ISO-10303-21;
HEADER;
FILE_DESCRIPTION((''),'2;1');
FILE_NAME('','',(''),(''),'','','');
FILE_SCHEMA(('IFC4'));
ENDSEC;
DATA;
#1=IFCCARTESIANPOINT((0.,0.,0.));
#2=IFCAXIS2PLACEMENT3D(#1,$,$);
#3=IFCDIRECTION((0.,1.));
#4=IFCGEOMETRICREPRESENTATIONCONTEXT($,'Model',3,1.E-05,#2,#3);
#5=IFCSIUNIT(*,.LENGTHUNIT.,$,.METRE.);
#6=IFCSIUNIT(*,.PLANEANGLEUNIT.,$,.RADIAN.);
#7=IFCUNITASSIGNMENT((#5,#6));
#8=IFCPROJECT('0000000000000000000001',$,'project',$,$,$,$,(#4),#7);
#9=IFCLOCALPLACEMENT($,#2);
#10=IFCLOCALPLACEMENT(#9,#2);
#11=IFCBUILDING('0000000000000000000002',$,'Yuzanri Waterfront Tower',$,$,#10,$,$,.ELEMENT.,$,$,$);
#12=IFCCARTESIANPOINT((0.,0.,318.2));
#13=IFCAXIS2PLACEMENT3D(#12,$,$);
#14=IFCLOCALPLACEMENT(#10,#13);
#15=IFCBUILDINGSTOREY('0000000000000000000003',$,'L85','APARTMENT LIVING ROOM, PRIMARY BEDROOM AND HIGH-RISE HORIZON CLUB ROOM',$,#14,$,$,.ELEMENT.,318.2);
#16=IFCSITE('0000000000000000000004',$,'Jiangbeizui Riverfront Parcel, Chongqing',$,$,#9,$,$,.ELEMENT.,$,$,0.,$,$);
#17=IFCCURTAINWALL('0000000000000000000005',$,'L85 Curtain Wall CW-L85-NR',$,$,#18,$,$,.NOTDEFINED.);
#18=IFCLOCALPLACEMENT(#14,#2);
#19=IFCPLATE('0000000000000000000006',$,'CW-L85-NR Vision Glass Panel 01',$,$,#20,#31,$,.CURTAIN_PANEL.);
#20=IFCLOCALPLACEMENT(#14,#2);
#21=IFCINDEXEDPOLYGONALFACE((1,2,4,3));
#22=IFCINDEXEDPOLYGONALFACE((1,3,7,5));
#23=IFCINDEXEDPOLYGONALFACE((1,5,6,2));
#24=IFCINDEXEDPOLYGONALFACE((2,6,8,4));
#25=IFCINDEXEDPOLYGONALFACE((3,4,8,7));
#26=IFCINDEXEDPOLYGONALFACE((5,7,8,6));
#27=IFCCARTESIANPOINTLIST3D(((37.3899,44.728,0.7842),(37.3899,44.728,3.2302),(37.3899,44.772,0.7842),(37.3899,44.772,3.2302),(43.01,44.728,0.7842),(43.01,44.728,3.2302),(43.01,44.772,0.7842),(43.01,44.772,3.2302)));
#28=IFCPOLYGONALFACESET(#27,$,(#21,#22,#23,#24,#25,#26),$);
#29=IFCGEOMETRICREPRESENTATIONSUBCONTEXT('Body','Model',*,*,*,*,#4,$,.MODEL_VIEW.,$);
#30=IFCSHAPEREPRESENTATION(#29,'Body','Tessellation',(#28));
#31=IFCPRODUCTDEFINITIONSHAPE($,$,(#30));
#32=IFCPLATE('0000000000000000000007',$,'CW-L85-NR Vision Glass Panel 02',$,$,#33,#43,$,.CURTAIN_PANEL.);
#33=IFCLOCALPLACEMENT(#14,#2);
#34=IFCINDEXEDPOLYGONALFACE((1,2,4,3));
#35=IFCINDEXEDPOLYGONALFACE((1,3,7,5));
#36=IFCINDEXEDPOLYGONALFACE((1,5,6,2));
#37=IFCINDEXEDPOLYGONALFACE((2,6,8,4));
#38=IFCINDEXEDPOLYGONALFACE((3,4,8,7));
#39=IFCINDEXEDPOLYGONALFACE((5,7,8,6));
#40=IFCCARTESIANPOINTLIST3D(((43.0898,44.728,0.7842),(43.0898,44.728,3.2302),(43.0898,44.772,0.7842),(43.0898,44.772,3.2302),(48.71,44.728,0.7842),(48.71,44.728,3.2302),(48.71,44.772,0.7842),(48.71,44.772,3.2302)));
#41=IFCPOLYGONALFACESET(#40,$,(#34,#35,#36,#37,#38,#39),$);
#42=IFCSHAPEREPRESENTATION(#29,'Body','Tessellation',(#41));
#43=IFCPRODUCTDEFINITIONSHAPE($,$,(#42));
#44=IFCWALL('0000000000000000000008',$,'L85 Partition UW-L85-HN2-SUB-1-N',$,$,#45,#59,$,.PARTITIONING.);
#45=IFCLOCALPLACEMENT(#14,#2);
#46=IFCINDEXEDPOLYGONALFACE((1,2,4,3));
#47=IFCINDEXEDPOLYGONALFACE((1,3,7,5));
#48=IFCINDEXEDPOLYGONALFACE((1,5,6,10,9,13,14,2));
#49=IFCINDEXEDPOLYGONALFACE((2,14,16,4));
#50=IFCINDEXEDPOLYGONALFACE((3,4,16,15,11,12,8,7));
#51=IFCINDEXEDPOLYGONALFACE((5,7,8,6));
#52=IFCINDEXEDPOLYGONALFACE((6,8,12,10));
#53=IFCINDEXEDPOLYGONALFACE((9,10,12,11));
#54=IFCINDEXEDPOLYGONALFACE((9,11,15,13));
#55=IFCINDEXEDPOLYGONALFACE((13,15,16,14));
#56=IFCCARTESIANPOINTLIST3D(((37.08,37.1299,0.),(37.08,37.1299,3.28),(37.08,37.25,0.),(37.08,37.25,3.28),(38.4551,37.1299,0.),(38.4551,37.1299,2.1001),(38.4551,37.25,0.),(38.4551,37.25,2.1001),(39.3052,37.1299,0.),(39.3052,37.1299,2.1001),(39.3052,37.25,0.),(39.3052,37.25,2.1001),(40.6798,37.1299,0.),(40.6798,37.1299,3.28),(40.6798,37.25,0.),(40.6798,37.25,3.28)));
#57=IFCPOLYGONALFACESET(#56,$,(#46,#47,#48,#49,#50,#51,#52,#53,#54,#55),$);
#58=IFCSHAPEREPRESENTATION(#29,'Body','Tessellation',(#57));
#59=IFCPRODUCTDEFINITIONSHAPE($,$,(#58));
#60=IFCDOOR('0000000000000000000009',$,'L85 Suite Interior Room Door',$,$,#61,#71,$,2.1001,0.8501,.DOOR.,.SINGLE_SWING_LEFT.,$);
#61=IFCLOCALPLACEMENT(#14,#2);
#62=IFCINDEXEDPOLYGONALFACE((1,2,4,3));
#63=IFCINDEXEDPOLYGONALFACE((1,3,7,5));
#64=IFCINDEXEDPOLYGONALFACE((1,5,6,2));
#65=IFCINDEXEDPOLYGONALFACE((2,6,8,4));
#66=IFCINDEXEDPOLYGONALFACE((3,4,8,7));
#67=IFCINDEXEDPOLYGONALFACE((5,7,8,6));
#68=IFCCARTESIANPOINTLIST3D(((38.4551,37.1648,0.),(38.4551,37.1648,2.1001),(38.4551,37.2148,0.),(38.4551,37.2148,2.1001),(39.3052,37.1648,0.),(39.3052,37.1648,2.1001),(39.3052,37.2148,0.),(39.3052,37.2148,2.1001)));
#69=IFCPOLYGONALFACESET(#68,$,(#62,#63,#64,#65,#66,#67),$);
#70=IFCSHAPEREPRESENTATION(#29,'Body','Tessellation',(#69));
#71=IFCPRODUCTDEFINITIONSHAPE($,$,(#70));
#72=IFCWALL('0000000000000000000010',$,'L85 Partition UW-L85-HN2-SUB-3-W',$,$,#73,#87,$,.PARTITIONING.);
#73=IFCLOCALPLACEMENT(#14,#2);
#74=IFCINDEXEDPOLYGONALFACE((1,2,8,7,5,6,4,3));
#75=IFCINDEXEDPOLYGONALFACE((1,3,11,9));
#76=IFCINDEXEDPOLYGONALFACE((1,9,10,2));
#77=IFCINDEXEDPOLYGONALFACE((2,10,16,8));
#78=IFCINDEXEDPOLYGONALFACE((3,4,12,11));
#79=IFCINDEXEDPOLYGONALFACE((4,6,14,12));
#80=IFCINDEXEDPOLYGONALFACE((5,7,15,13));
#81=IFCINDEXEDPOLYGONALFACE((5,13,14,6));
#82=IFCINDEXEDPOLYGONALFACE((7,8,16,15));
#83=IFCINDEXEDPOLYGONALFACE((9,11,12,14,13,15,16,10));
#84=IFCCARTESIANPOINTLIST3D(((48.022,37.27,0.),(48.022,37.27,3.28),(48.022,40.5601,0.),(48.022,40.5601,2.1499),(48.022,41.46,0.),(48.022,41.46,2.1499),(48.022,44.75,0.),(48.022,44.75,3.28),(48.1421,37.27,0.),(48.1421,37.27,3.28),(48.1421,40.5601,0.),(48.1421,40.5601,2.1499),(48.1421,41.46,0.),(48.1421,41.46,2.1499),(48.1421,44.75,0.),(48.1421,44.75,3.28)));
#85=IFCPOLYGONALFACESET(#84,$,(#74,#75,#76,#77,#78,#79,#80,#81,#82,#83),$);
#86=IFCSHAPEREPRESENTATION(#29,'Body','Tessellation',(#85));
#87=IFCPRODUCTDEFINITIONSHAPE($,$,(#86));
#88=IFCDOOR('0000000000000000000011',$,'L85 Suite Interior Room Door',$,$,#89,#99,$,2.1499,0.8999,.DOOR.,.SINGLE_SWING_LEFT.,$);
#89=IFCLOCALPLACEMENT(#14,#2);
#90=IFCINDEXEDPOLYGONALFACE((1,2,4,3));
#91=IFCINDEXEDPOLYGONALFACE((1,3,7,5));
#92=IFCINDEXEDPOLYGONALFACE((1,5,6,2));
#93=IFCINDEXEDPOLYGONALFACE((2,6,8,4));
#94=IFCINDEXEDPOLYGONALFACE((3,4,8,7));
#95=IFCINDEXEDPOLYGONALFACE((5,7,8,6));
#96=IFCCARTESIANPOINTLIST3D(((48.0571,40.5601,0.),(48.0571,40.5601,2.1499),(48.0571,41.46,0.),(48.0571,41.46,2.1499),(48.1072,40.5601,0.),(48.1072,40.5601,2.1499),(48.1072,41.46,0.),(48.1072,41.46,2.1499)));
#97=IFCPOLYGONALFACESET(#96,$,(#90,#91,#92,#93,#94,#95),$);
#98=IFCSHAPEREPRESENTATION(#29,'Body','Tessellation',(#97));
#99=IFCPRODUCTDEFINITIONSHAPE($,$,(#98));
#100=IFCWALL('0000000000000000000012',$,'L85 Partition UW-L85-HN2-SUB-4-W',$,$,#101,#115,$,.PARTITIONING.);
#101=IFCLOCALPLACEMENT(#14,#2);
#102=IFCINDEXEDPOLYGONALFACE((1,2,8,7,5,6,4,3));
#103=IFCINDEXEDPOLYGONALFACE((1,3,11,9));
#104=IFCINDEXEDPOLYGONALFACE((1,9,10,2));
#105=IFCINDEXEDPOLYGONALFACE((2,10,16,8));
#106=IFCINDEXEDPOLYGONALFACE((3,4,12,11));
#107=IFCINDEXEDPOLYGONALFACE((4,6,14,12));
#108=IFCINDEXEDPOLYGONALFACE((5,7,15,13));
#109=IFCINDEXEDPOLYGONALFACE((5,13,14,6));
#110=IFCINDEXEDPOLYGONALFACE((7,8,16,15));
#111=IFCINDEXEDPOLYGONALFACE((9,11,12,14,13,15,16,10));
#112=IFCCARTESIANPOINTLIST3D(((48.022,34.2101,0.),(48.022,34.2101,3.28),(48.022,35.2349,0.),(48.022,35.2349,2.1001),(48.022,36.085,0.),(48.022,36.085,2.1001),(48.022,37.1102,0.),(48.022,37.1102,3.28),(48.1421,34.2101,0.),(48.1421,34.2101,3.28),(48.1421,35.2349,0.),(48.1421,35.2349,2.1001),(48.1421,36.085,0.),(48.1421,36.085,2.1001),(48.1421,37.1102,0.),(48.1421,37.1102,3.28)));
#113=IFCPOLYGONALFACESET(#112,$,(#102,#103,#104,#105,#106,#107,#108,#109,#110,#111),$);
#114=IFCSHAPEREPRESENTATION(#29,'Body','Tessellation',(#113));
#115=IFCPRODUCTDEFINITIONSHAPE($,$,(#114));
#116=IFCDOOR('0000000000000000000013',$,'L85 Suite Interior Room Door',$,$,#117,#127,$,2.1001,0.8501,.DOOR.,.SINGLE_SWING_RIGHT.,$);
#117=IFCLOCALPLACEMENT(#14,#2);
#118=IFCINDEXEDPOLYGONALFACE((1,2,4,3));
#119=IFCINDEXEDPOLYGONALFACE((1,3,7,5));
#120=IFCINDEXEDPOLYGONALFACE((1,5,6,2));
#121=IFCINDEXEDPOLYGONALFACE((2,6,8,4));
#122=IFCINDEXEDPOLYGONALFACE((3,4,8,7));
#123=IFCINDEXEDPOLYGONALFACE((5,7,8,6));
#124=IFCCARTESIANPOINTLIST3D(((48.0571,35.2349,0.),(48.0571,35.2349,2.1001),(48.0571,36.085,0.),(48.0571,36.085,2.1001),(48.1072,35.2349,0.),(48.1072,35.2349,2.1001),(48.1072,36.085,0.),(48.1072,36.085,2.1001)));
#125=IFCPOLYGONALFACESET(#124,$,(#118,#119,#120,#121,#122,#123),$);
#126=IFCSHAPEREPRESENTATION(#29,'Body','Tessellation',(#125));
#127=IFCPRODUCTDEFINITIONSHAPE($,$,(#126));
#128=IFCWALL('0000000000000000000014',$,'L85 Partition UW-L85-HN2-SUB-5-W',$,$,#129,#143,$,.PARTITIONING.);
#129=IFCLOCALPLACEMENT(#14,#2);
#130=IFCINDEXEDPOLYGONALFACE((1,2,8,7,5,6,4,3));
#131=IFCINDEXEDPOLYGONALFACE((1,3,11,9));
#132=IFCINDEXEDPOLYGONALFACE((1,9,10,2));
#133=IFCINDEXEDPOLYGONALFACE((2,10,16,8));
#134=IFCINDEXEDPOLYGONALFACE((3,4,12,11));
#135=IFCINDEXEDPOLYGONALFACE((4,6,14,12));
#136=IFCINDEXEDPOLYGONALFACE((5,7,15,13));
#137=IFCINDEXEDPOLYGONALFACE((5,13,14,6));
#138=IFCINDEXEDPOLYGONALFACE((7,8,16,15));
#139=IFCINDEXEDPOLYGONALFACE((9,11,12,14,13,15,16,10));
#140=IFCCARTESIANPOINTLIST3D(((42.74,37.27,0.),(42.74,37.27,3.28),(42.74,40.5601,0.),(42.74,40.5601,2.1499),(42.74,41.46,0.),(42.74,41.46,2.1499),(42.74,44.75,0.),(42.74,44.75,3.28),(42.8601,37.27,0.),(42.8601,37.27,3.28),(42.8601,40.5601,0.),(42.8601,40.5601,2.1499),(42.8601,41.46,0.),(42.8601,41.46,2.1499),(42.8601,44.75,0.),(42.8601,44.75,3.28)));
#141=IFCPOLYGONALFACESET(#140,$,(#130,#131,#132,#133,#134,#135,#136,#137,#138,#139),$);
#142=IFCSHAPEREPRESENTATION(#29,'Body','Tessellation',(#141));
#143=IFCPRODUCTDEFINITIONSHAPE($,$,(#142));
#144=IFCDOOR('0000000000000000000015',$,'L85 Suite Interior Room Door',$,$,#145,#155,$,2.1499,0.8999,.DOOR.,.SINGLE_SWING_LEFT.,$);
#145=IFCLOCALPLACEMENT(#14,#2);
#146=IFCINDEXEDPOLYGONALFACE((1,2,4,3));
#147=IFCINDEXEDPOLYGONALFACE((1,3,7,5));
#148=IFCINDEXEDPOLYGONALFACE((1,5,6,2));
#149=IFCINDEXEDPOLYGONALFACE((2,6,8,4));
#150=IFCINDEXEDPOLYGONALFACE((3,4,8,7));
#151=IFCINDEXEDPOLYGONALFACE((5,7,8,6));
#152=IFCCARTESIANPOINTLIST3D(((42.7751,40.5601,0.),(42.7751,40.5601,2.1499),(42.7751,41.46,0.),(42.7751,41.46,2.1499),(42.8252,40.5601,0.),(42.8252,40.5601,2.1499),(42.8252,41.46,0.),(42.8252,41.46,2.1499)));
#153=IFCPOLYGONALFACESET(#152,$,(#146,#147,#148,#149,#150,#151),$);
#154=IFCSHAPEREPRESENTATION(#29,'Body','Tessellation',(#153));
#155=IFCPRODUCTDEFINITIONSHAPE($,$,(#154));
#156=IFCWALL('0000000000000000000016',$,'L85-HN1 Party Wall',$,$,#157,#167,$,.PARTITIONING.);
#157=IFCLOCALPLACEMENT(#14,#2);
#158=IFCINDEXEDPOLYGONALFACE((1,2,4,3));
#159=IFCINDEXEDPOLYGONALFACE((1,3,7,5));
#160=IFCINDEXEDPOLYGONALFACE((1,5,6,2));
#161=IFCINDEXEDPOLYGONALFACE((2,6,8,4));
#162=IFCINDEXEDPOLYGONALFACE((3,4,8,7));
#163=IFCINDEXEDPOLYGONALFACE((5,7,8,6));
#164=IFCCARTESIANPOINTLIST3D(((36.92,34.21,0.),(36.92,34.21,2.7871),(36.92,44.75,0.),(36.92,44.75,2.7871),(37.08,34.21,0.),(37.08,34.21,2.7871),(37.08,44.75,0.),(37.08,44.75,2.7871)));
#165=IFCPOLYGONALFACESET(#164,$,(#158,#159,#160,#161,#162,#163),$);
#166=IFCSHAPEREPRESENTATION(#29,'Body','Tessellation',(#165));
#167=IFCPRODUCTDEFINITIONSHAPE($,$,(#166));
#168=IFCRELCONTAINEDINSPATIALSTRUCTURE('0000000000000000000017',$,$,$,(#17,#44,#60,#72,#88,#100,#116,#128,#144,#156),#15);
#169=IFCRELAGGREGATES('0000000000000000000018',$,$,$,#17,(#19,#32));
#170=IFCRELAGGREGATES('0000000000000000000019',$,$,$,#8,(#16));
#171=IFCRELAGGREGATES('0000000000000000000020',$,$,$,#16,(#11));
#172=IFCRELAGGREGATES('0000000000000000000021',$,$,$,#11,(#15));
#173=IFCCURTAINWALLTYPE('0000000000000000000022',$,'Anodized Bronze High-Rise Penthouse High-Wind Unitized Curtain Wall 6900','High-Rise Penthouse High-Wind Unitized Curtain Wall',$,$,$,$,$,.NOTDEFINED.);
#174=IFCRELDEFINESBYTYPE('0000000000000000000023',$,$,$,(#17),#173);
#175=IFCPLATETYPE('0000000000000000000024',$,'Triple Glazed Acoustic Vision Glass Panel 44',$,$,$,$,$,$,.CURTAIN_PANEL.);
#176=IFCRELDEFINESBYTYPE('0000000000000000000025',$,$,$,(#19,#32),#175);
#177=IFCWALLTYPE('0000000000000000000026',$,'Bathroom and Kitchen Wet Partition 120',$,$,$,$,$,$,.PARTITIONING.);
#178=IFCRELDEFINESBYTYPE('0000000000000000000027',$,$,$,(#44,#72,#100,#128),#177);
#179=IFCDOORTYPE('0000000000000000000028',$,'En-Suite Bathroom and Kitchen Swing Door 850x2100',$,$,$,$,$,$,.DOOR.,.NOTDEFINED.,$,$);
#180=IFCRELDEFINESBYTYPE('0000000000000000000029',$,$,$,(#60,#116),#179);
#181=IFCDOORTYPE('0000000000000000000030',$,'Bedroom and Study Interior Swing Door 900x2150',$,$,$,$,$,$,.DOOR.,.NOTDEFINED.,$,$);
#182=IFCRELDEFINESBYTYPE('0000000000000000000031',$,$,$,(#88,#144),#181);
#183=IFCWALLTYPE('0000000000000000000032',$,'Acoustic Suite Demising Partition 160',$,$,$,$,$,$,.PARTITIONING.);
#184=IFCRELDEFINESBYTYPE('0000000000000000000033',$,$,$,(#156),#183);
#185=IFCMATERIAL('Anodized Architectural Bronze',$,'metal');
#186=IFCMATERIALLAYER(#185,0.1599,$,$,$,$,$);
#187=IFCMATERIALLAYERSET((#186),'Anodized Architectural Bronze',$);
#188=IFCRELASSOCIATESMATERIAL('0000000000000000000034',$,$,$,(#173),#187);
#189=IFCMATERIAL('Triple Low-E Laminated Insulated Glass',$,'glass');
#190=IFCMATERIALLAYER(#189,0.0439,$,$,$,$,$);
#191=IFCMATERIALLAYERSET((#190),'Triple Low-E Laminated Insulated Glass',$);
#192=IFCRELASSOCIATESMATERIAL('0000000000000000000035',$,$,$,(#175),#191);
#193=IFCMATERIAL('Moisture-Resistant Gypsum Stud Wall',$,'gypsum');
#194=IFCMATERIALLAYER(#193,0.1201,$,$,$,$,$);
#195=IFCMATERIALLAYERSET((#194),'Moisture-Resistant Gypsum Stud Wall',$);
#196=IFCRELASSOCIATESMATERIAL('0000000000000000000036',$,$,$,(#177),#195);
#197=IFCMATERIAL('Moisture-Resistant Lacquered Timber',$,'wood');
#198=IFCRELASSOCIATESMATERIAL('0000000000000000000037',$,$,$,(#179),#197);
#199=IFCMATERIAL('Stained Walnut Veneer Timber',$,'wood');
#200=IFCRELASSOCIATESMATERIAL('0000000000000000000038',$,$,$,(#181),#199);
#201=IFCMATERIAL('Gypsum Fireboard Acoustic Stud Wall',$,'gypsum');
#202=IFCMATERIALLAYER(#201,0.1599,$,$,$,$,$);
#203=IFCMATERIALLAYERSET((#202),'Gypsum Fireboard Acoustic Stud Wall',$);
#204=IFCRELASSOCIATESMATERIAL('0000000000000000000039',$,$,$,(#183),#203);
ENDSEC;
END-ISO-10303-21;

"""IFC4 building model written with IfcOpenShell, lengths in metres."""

from ifc_helpers import new_model, si_unit, direction, frame, frame_2d, origin, origin_2d, place, context, subcontext, project, spatial, rectangle, extrude, source, transform, mapped, material, layer, layer_set, type_object, element, fill, aggregate, save


model = new_model("IFC4")

# Units and contexts
model_context = context("Model", 3, precision=1e-05, world=origin(), true_north=direction((0.0, 1.0)))
body_context = subcontext(model_context, "Body", "Model", "MODEL_VIEW")
ifc_project = project(units=[si_unit("LENGTHUNIT", "METRE"), si_unit("PLANEANGLEUNIT", "RADIAN")], contexts=[model_context])

# Site, building, storey
site_placement = place(None, origin())
site = spatial("IfcSite", under=ifc_project, at=site_placement, Name="Jiangbeizui Riverfront Parcel, Chongqing", CompositionType="ELEMENT", RefElevation=0.0)
building_placement = place(site_placement, origin())
building = spatial("IfcBuilding", under=site, at=building_placement, Name="Yuzanri Waterfront Tower", CompositionType="ELEMENT")
storey_placement = place(building_placement, frame((0.0, 0.0, 318.2)))
storey = spatial("IfcBuildingStorey", under=building, at=storey_placement, Name="L85", Description="APARTMENT LIVING ROOM, PRIMARY BEDROOM AND HIGH-RISE HORIZON CLUB ROOM", CompositionType="ELEMENT", Elevation=318.2)

# Curtain wall, plates
ifc_material_1 = material(Name="Anodized Architectural Bronze", Category="metal")
ifc_layer_1 = layer(ifc_material_1, 0.1599)
ifc_layer_set_1 = layer_set([ifc_layer_1], Name="Anodized Architectural Bronze")
curtain_wall_type = type_object("IfcCurtainWallType", Name="Anodized Bronze High-Rise Penthouse High-Wind Unitized Curtain Wall 6900", Description="High-Rise Penthouse High-Wind Unitized Curtain Wall", PredefinedType="NOTDEFINED", material=ifc_layer_set_1)
curtain_wall_placement = place(storey_placement, origin())
curtain_wall = element("IfcCurtainWall", 1, at=curtain_wall_placement, inside=storey, type_object=curtain_wall_type, Name="L85 Curtain Wall CW-L85-NR", PredefinedType="NOTDEFINED")
ifc_material_2 = material(Name="Triple Low-E Laminated Insulated Glass", Category="glass")
ifc_layer_2 = layer(ifc_material_2, 0.0439)
ifc_layer_set_2 = layer_set([ifc_layer_2], Name="Triple Low-E Laminated Insulated Glass")
plate_type_1 = type_object("IfcPlateType", Name="Triple Glazed Acoustic Vision Glass Panel 44", PredefinedType="CURTAIN_PANEL", material=ifc_layer_set_2)
shared_shape_1 = source(origin(), body_context, "Body", "SweptSolid", [
    extrude(rectangle(XDim=5.6201, YDim=0.0439, at=origin_2d()), origin(), (0.0, 0.0, 1.0), 2.446),
])
plate_1_placement = place(storey_placement, frame((40.2, 44.75, 0.7842), z_axis=(0.0, 0.0, 1.0), x_axis=(1.0, 0.0, 0.0)))
plate_1 = element("IfcPlate", 2, at=plate_1_placement, type_object=plate_type_1, Name="CW-L85-NR Vision Glass Panel 01", PredefinedType="CURTAIN_PANEL", context=body_context, shape_type="MappedRepresentation", body=[
    mapped(shared_shape_1, transform((0.0, 0.0, 0.0), scale=1.0)),
])
plate_2_placement = place(storey_placement, frame((45.8999, 44.75, 0.7842), z_axis=(0.0, 0.0, 1.0), x_axis=(1.0, 0.0, 0.0)))
plate_2 = element("IfcPlate", 3, at=plate_2_placement, type_object=plate_type_1, Name="CW-L85-NR Vision Glass Panel 02", PredefinedType="CURTAIN_PANEL", context=body_context, shape_type="MappedRepresentation", body=[
    mapped(shared_shape_1, transform((0.0, 0.0, 0.0), scale=1.0)),
])
aggregate(curtain_wall, [plate_1, plate_2])

# Walls, openings, doors
ifc_material_3 = material(Name="Moisture-Resistant Gypsum Stud Wall", Category="gypsum")
ifc_layer_3 = layer(ifc_material_3, 0.1201)
ifc_layer_set_3 = layer_set([ifc_layer_3], Name="Moisture-Resistant Gypsum Stud Wall")
wall_type_1 = type_object("IfcWallType", Name="Bathroom and Kitchen Wet Partition 120", PredefinedType="PARTITIONING", material=ifc_layer_set_3)
wall_1_placement = place(storey_placement, frame((37.0801, 37.1899, 0.0), z_axis=(0.0, 0.0, 1.0), x_axis=(1.0, 0.0, 0.0)))
wall_1 = element("IfcWall", 4, at=wall_1_placement, inside=storey, type_object=wall_type_1, Name="L85 Partition UW-L85-HN2-SUB-1-N", PredefinedType="PARTITIONING", context=body_context, shape_type="SweptSolid", body=[
    extrude(rectangle(XDim=3.5999, YDim=0.1201, at=frame_2d((1.7998, 0.0))), origin(), (0.0, 0.0, 1.0), 3.28),
])
opening_1_placement = place(wall_1_placement, frame((1.375, 0.0, 0.0)))
opening_1 = element("IfcOpeningElement", 5, at=opening_1_placement, cuts=wall_1, PredefinedType="OPENING", context=body_context, shape_type="SweptSolid", body=[
    extrude(rectangle(XDim=0.8501, YDim=2.1001, at=frame_2d((0.425, 1.05))), frame((0.0, 0.075, 0.0), z_axis=(0.0, -1.0, 0.0), x_axis=(1.0, 0.0, 0.0)), (0.0, 0.0, 1.0), 0.1499),
])
ifc_material_4 = material(Name="Moisture-Resistant Lacquered Timber", Category="wood")
door_type_1 = type_object("IfcDoorType", Name="En-Suite Bathroom and Kitchen Swing Door 850x2100", OperationType="NOTDEFINED", PredefinedType="DOOR", material=ifc_material_4)
shared_shape_2 = source(origin(), body_context, "Body", "SweptSolid", [
    extrude(rectangle(XDim=0.8501, YDim=2.1001, at=frame_2d((0.425, 1.05))), frame((0.0, 0.0249, 0.0), z_axis=(0.0, -1.0, 0.0), x_axis=(1.0, 0.0, 0.0)), (0.0, 0.0, 1.0), 0.05),
])
door_1_placement = place(opening_1_placement, origin())
door_1 = element("IfcDoor", 6, at=door_1_placement, inside=storey, type_object=door_type_1, Name="L85 Suite Interior Room Door", OperationType="SINGLE_SWING_LEFT", OverallHeight=2.1001, OverallWidth=0.8501, PredefinedType="DOOR", context=body_context, shape_type="MappedRepresentation", body=[
    mapped(shared_shape_2, transform((0.0, 0.0, 0.0), scale=1.0)),
])
fill(opening_1, door_1)
wall_2_placement = place(storey_placement, frame((48.082, 37.27, 0.0), z_axis=(0.0, 0.0, 1.0), x_axis=(0.0, 1.0, 0.0)))
wall_2 = element("IfcWall", 7, at=wall_2_placement, inside=storey, type_object=wall_type_1, Name="L85 Partition UW-L85-HN2-SUB-3-W", PredefinedType="PARTITIONING", context=body_context, shape_type="SweptSolid", body=[
    extrude(rectangle(XDim=7.48, YDim=0.1201, at=frame_2d((3.74, 0.0))), origin(), (0.0, 0.0, 1.0), 3.28),
])
opening_2_placement = place(wall_2_placement, frame((3.29, 0.0, 0.0)))
opening_2 = element("IfcOpeningElement", 8, at=opening_2_placement, cuts=wall_2, PredefinedType="OPENING", context=body_context, shape_type="SweptSolid", body=[
    extrude(rectangle(XDim=0.8999, YDim=2.1499, at=frame_2d((0.45, 1.075))), frame((0.0, 0.075, 0.0), z_axis=(0.0, -1.0, 0.0), x_axis=(1.0, 0.0, 0.0)), (0.0, 0.0, 1.0), 0.1499),
])
ifc_material_5 = material(Name="Stained Walnut Veneer Timber", Category="wood")
door_type_2 = type_object("IfcDoorType", Name="Bedroom and Study Interior Swing Door 900x2150", OperationType="NOTDEFINED", PredefinedType="DOOR", material=ifc_material_5)
shared_shape_3 = source(origin(), body_context, "Body", "SweptSolid", [
    extrude(rectangle(XDim=0.8999, YDim=2.1499, at=frame_2d((0.45, 1.075))), frame((0.0, 0.0249, 0.0), z_axis=(0.0, -1.0, 0.0), x_axis=(1.0, 0.0, 0.0)), (0.0, 0.0, 1.0), 0.05),
])
door_2_placement = place(opening_2_placement, origin())
door_2 = element("IfcDoor", 9, at=door_2_placement, inside=storey, type_object=door_type_2, Name="L85 Suite Interior Room Door", OperationType="SINGLE_SWING_LEFT", OverallHeight=2.1499, OverallWidth=0.8999, PredefinedType="DOOR", context=body_context, shape_type="MappedRepresentation", body=[
    mapped(shared_shape_3, transform((0.0, 0.0, 0.0), scale=1.0)),
])
fill(opening_2, door_2)
wall_3_placement = place(storey_placement, frame((48.082, 34.21, 0.0), z_axis=(0.0, 0.0, 1.0), x_axis=(0.0, 1.0, 0.0)))
wall_3 = element("IfcWall", 10, at=wall_3_placement, inside=storey, type_object=wall_type_1, Name="L85 Partition UW-L85-HN2-SUB-4-W", PredefinedType="PARTITIONING", context=body_context, shape_type="SweptSolid", body=[
    extrude(rectangle(XDim=2.9001, YDim=0.1201, at=frame_2d((1.4502, 0.0))), origin(), (0.0, 0.0, 1.0), 3.28),
])
opening_3_placement = place(wall_3_placement, frame((1.0249, 0.0, 0.0)))
opening_3 = element("IfcOpeningElement", 11, at=opening_3_placement, cuts=wall_3, PredefinedType="OPENING", context=body_context, shape_type="SweptSolid", body=[
    extrude(rectangle(XDim=0.8501, YDim=2.1001, at=frame_2d((0.425, 1.05))), frame((0.0, 0.075, 0.0), z_axis=(0.0, -1.0, 0.0), x_axis=(1.0, 0.0, 0.0)), (0.0, 0.0, 1.0), 0.1499),
])
door_3_placement = place(opening_3_placement, origin())
door_3 = element("IfcDoor", 12, at=door_3_placement, inside=storey, type_object=door_type_1, Name="L85 Suite Interior Room Door", OperationType="SINGLE_SWING_RIGHT", OverallHeight=2.1001, OverallWidth=0.8501, PredefinedType="DOOR", context=body_context, shape_type="MappedRepresentation", body=[
    mapped(shared_shape_2, transform((0.0, 0.0, 0.0), scale=1.0)),
])
fill(opening_3, door_3)
wall_4_placement = place(storey_placement, frame((42.8, 37.27, 0.0), z_axis=(0.0, 0.0, 1.0), x_axis=(0.0, 1.0, 0.0)))
wall_4 = element("IfcWall", 13, at=wall_4_placement, inside=storey, type_object=wall_type_1, Name="L85 Partition UW-L85-HN2-SUB-5-W", PredefinedType="PARTITIONING", context=body_context, shape_type="SweptSolid", body=[
    extrude(rectangle(XDim=7.48, YDim=0.1201, at=frame_2d((3.74, 0.0))), origin(), (0.0, 0.0, 1.0), 3.28),
])
opening_4_placement = place(wall_4_placement, frame((3.29, 0.0, 0.0)))
opening_4 = element("IfcOpeningElement", 14, at=opening_4_placement, cuts=wall_4, PredefinedType="OPENING", context=body_context, shape_type="SweptSolid", body=[
    extrude(rectangle(XDim=0.8999, YDim=2.1499, at=frame_2d((0.45, 1.075))), frame((0.0, 0.075, 0.0), z_axis=(0.0, -1.0, 0.0), x_axis=(1.0, 0.0, 0.0)), (0.0, 0.0, 1.0), 0.1499),
])
door_4_placement = place(opening_4_placement, origin())
door_4 = element("IfcDoor", 15, at=door_4_placement, inside=storey, type_object=door_type_2, Name="L85 Suite Interior Room Door", OperationType="SINGLE_SWING_LEFT", OverallHeight=2.1499, OverallWidth=0.8999, PredefinedType="DOOR", context=body_context, shape_type="MappedRepresentation", body=[
    mapped(shared_shape_3, transform((0.0, 0.0, 0.0), scale=1.0)),
])
fill(opening_4, door_4)

# Wall
ifc_material_6 = material(Name="Gypsum Fireboard Acoustic Stud Wall", Category="gypsum")
ifc_layer_4 = layer(ifc_material_6, 0.1599)
ifc_layer_set_4 = layer_set([ifc_layer_4], Name="Gypsum Fireboard Acoustic Stud Wall")
wall_type_2 = type_object("IfcWallType", Name="Acoustic Suite Demising Partition 160", PredefinedType="PARTITIONING", material=ifc_layer_set_4)
shared_shape_4 = source(origin(), body_context, "Body", "SweptSolid", [
    extrude(rectangle(XDim=10.54, YDim=0.1599, at=frame_2d((5.27, 0.0))), origin(), (0.0, 0.0, 1.0), 2.7871),
])
wall_5_placement = place(storey_placement, frame((37.0, 34.21, 0.0), z_axis=(0.0, 0.0, 1.0), x_axis=(0.0, 1.0, 0.0)))
element("IfcWall", 16, at=wall_5_placement, inside=storey, type_object=wall_type_2, Name="L85-HN1 Party Wall", PredefinedType="PARTITIONING", context=body_context, shape_type="MappedRepresentation", body=[
    mapped(shared_shape_4, transform((0.0, 0.0, 0.0), scale=1.0)),
])

save(model, "model.ifc")
